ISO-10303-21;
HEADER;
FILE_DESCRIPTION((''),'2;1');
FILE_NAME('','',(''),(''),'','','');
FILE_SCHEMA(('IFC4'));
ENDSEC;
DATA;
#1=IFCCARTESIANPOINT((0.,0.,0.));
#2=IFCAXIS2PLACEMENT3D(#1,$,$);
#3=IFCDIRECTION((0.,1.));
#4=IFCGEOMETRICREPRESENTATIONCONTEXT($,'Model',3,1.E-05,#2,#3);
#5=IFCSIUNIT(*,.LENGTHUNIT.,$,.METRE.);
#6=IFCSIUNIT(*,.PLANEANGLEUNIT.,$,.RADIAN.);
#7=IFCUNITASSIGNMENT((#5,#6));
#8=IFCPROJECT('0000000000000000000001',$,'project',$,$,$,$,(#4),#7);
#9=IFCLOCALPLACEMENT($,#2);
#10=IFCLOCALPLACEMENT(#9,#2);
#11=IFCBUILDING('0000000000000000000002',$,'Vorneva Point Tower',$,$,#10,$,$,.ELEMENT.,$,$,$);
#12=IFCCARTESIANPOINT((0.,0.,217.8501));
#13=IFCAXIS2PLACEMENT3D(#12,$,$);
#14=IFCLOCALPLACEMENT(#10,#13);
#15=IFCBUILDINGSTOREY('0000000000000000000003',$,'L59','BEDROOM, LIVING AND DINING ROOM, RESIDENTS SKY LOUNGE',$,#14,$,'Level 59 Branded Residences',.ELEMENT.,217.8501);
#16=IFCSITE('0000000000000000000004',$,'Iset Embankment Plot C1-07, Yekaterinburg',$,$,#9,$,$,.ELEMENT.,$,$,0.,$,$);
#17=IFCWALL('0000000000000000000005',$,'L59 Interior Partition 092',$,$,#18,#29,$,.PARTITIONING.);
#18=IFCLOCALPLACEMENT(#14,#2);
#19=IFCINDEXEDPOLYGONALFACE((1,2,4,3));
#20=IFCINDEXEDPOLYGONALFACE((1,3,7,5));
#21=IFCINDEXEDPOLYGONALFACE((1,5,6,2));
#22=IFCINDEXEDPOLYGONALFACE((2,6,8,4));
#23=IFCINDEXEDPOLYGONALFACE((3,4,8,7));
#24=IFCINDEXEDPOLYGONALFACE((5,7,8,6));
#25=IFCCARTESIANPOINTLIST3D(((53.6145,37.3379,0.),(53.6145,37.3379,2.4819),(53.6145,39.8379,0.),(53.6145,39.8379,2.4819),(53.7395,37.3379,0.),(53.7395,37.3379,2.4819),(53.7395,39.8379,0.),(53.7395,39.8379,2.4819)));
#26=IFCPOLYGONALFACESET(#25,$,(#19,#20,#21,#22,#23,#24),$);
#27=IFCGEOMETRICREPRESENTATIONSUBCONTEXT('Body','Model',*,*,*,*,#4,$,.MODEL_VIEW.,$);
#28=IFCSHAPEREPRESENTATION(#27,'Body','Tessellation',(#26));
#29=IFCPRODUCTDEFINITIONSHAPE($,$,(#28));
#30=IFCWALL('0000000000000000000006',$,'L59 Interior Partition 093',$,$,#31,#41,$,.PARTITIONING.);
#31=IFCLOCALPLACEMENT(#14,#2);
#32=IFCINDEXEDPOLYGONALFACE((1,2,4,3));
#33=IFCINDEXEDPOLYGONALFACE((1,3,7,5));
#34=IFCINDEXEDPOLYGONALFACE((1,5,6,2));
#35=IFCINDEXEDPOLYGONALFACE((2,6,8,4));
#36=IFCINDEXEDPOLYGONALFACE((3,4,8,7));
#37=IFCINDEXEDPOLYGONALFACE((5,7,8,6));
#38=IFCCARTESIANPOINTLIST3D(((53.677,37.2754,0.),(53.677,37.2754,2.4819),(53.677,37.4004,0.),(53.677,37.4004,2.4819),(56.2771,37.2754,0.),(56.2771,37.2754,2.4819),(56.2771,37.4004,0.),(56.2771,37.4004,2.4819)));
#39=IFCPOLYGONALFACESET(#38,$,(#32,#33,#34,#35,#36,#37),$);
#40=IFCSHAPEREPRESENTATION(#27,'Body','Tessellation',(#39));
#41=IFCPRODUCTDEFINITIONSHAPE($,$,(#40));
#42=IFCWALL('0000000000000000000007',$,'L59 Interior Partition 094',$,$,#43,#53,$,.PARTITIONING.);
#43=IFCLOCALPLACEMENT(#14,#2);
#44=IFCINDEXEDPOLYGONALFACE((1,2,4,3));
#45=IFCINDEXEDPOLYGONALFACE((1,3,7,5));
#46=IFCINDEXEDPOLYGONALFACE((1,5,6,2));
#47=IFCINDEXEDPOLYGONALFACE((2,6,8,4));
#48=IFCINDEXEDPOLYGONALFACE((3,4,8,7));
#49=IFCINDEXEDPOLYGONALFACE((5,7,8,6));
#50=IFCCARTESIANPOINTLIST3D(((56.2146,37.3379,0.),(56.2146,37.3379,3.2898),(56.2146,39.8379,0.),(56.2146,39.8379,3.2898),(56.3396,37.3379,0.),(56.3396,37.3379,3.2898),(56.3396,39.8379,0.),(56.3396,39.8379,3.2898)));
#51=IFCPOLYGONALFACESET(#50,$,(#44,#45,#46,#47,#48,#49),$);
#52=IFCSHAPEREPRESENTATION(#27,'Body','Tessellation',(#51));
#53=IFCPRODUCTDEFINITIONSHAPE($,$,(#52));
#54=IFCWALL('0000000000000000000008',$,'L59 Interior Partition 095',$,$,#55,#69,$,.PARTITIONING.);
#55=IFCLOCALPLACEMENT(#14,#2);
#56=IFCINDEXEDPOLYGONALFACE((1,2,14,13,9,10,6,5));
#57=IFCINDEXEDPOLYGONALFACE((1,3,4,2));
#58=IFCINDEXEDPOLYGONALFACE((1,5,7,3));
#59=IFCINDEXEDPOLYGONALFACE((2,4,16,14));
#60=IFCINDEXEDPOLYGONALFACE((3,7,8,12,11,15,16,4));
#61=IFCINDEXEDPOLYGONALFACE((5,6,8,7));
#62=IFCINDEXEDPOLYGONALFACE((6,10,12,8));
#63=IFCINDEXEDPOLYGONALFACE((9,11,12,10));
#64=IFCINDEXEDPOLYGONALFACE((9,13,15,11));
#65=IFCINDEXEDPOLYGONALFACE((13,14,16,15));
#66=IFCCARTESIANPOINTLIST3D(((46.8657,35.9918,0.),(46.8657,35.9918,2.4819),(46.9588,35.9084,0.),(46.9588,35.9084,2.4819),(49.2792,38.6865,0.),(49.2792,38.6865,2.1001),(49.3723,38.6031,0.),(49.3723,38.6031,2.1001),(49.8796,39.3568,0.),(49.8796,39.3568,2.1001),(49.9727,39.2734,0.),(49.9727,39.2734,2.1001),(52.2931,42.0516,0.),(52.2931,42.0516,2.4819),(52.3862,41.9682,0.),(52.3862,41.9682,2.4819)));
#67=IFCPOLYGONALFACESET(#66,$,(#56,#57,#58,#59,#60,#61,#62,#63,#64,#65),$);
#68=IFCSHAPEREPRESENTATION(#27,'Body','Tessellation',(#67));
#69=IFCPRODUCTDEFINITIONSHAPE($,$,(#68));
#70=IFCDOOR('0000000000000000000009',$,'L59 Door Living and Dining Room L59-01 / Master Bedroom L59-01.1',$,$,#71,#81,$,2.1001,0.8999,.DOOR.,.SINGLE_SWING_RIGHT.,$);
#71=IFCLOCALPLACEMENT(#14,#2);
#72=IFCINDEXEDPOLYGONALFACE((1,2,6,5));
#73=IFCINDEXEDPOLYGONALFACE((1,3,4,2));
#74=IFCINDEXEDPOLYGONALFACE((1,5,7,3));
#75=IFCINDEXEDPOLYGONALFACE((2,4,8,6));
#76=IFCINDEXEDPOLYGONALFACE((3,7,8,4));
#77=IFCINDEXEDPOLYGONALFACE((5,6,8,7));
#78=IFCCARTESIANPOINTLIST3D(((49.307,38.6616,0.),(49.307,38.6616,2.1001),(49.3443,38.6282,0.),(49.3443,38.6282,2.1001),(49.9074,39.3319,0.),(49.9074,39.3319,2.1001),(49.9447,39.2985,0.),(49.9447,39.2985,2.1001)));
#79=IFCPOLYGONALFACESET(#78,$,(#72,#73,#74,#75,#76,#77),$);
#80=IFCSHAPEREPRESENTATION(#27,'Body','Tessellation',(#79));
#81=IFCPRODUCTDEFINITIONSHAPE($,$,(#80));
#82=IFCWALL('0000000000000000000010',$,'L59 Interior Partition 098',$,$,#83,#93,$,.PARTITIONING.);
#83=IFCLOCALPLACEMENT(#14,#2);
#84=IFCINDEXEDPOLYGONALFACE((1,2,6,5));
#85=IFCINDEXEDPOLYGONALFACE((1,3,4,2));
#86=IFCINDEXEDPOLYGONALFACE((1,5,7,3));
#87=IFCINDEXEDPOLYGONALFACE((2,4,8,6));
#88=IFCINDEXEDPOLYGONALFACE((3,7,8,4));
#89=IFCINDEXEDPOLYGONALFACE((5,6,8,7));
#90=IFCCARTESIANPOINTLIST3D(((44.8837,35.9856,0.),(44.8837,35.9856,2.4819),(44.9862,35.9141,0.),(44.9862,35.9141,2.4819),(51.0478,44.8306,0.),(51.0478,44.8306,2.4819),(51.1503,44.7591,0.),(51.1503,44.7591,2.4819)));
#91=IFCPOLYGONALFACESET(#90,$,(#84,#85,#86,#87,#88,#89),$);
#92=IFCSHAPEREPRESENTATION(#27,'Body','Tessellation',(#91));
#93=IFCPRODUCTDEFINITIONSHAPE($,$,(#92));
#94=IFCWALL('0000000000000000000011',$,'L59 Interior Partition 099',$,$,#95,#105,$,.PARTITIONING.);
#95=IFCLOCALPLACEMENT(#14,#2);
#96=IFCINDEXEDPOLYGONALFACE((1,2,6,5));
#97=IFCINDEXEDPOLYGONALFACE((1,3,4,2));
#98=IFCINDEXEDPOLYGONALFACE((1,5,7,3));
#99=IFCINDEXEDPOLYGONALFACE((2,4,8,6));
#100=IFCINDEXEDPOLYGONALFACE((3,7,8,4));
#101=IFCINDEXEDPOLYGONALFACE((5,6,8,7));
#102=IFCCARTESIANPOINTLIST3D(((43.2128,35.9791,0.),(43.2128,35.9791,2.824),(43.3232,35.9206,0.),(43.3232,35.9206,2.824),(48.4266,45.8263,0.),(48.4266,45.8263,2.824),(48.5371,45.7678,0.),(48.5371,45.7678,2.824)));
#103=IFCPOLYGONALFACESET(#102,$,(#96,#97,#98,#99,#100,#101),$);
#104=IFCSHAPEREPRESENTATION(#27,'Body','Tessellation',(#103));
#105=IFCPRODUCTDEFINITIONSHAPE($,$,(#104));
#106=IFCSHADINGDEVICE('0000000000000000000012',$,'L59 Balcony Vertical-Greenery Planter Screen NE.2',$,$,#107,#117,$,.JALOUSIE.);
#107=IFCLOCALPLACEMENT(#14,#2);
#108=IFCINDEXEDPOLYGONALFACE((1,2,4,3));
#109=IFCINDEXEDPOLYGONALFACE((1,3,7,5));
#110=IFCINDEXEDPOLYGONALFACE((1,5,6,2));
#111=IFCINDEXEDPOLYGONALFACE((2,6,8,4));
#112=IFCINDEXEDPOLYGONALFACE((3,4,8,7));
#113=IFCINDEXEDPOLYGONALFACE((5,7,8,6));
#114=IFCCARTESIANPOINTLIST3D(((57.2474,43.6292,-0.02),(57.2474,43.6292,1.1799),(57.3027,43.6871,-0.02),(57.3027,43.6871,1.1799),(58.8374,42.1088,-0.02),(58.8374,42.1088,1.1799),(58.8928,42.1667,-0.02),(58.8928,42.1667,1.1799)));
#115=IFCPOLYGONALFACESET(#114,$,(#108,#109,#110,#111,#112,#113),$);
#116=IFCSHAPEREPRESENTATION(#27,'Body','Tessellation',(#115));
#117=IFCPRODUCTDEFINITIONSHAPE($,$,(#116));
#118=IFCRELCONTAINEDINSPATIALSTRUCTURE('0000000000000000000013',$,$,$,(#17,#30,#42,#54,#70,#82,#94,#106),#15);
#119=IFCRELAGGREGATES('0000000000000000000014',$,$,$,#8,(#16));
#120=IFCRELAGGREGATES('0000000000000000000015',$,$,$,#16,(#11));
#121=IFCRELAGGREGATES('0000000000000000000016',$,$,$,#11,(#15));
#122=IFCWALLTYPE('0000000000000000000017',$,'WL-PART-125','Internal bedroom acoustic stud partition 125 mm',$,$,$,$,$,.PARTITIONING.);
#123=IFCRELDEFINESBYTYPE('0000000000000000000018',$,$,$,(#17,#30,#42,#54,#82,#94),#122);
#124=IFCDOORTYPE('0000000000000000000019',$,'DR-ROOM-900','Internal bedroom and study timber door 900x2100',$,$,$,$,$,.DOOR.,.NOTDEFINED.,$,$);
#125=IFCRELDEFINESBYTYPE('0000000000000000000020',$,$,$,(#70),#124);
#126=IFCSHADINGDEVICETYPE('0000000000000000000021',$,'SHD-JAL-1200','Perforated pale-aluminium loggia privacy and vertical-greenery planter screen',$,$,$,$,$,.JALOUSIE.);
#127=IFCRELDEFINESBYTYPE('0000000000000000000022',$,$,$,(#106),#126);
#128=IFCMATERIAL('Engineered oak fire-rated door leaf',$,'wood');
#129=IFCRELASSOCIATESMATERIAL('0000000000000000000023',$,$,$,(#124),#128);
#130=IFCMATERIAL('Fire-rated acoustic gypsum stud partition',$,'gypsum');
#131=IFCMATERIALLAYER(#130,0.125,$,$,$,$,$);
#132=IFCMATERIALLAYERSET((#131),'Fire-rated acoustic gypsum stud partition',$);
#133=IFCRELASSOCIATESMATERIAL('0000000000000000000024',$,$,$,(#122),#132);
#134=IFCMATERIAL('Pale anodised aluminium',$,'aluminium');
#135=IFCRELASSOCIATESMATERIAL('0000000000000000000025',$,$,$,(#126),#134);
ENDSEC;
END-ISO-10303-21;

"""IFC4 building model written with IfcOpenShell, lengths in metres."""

from ifc_helpers import new_model, si_unit, direction, frame, frame_2d, origin, origin_2d, place, context, subcontext, project, spatial, rectangle, extrude, material, layer, layer_set, type_object, element, fill, save


model = new_model("IFC4")

# Units and contexts
model_context = context("Model", 3, precision=1e-05, world=origin(), true_north=direction((0.0, 1.0)))
body_context = subcontext(model_context, "Body", "Model", "MODEL_VIEW")
ifc_project = project(units=[si_unit("LENGTHUNIT", "METRE"), si_unit("PLANEANGLEUNIT", "RADIAN")], contexts=[model_context])

# Site, building, storey
site_placement = place(None, origin())
site = spatial("IfcSite", under=ifc_project, at=site_placement, Name="Iset Embankment Plot C1-07, Yekaterinburg", CompositionType="ELEMENT", RefElevation=0.0)
building_placement = place(site_placement, origin())
building = spatial("IfcBuilding", under=site, at=building_placement, Name="Vorneva Point Tower", CompositionType="ELEMENT")
storey_placement = place(building_placement, frame((0.0, 0.0, 217.8501)))
storey = spatial("IfcBuildingStorey", under=building, at=storey_placement, Name="L59", Description="BEDROOM, LIVING AND DINING ROOM, RESIDENTS SKY LOUNGE", LongName="Level 59 Branded Residences", CompositionType="ELEMENT", Elevation=217.8501)

# Shared definitions
ifc_material_1 = material(Name="Pale anodised aluminium", Category="aluminium")

# Shared definitions
ifc_material_2 = material(Name="Fire-rated acoustic gypsum stud partition", Category="gypsum")

# Shared definitions
ifc_material_3 = material(Name="Engineered oak fire-rated door leaf", Category="wood")
door_type_1 = type_object("IfcDoorType", Name="DR-ROOM-900", Description="Internal bedroom and study timber door 900x2100", OperationType="NOTDEFINED", PredefinedType="DOOR", material=ifc_material_3)

# Shared definitions
ifc_layer_1 = layer(ifc_material_2, 0.125)
ifc_layer_set_1 = layer_set([ifc_layer_1], Name="Fire-rated acoustic gypsum stud partition")
wall_type_1 = type_object("IfcWallType", Name="WL-PART-125", Description="Internal bedroom acoustic stud partition 125 mm", PredefinedType="PARTITIONING", material=ifc_layer_set_1)

# Walls
wall_1_placement = place(storey_placement, frame((53.677, 39.8379, 0.0), z_axis=(0.0, 0.0, 1.0), x_axis=(0.0, -1.0, 0.0)))
element("IfcWall", 1, at=wall_1_placement, inside=storey, type_object=wall_type_1, Name="L59 Interior Partition 092", PredefinedType="PARTITIONING", context=body_context, shape_type="SweptSolid", body=[
    extrude(rectangle(XDim=2.5, YDim=0.125, at=frame_2d((1.25, 0.0))), origin(), (0.0, 0.0, 1.0), 2.4819),
])
wall_2_placement = place(storey_placement, frame((53.677, 37.3379, 0.0), z_axis=(0.0, 0.0, 1.0), x_axis=(1.0, 0.0, 0.0)))
element("IfcWall", 2, at=wall_2_placement, inside=storey, type_object=wall_type_1, Name="L59 Interior Partition 093", PredefinedType="PARTITIONING", context=body_context, shape_type="SweptSolid", body=[
    extrude(rectangle(XDim=2.6001, YDim=0.125, at=frame_2d((1.3, 0.0))), origin(), (0.0, 0.0, 1.0), 2.4819),
])
wall_3_placement = place(storey_placement, frame((56.2771, 37.3379, 0.0), z_axis=(0.0, 0.0, 1.0), x_axis=(0.0, 1.0, 0.0)))
element("IfcWall", 3, at=wall_3_placement, inside=storey, type_object=wall_type_1, Name="L59 Interior Partition 094", PredefinedType="PARTITIONING", context=body_context, shape_type="SweptSolid", body=[
    extrude(rectangle(XDim=2.5, YDim=0.125, at=frame_2d((1.25, 0.0))), origin(), (0.0, 0.0, 1.0), 3.2898),
])

# Wall, opening, door
wall_4_placement = place(storey_placement, frame((52.3396, 42.0098, 0.0), z_axis=(0.0, 0.0, 1.0), x_axis=(-0.667174, -0.744902, 0.0)))
wall_4 = element("IfcWall", 4, at=wall_4_placement, inside=storey, type_object=wall_type_1, Name="L59 Interior Partition 095", PredefinedType="PARTITIONING", context=body_context, shape_type="SweptSolid", body=[
    extrude(rectangle(XDim=8.135, YDim=0.125, at=frame_2d((4.0674, 0.0))), origin(), (0.0, 0.0, 1.0), 2.4819),
])
opening_1_placement = place(wall_4_placement, frame((3.6174, 0.0, 0.0)))
opening_1 = element("IfcOpeningElement", 5, at=opening_1_placement, cuts=wall_4, PredefinedType="OPENING", context=body_context, shape_type="SweptSolid", body=[
    extrude(rectangle(XDim=0.8999, YDim=2.1001, at=frame_2d((0.45, 1.05))), frame((0.0, 0.0774, 0.0), z_axis=(0.0, -1.0, 0.0), x_axis=(1.0, 0.0, 0.0)), (0.0, 0.0, 1.0), 0.1548),
])
door_1_placement = place(opening_1_placement, origin())
door_1 = element("IfcDoor", 6, at=door_1_placement, inside=storey, type_object=door_type_1, Name="L59 Door Living and Dining Room L59-01 / Master Bedroom L59-01.1", OperationType="SINGLE_SWING_RIGHT", OverallHeight=2.1001, OverallWidth=0.8999, PredefinedType="DOOR", context=body_context, shape_type="SweptSolid", body=[
    extrude(rectangle(XDim=0.8999, YDim=2.1001, at=frame_2d((0.45, 1.05))), frame((0.0, 0.0249, 0.0), z_axis=(0.0, -1.0, 0.0), x_axis=(1.0, 0.0, 0.0)), (0.0, 0.0, 1.0), 0.05),
])
fill(opening_1, door_1)

# Walls
wall_5_placement = place(storey_placement, frame((51.0991, 44.7949, 0.0), z_axis=(0.0, 0.0, 1.0), x_axis=(-0.571754, -0.820425, 0.0)))
element("IfcWall", 7, at=wall_5_placement, inside=storey, type_object=wall_type_1, Name="L59 Interior Partition 098", PredefinedType="PARTITIONING", context=body_context, shape_type="SweptSolid", body=[
    extrude(rectangle(XDim=10.781, YDim=0.125, at=frame_2d((5.3906, 0.0))), origin(), (0.0, 0.0, 1.0), 2.4819),
])
wall_6_placement = place(storey_placement, frame((48.4819, 45.7971, 0.0), z_axis=(0.0, 0.0, 1.0), x_axis=(-0.467934, -0.883763, 0.0)))
element("IfcWall", 8, at=wall_6_placement, inside=storey, type_object=wall_type_1, Name="L59 Interior Partition 099", PredefinedType="PARTITIONING", context=body_context, shape_type="SweptSolid", body=[
    extrude(rectangle(XDim=11.1423, YDim=0.125, at=frame_2d((5.5713, 0.0))), origin(), (0.0, 0.0, 1.0), 2.824),
])

# Shading device
shading_device_type = type_object("IfcShadingDeviceType", Name="SHD-JAL-1200", Description="Perforated pale-aluminium loggia privacy and vertical-greenery planter screen", PredefinedType="JALOUSIE", material=ifc_material_1)
shading_device_placement = place(storey_placement, frame((58.0701, 42.8979, -0.02), z_axis=(0.0, 0.0, 1.0), x_axis=(-0.722774, 0.691084, 0.0)))
element("IfcShadingDevice", 9, at=shading_device_placement, inside=storey, type_object=shading_device_type, Name="L59 Balcony Vertical-Greenery Planter Screen NE.2", PredefinedType="JALOUSIE", context=body_context, shape_type="SweptSolid", body=[
    extrude(rectangle(XDim=2.2, YDim=0.0801, at=origin_2d()), origin(), (0.0, 0.0, 1.0), 1.2),
])

save(model, "model.ifc")
